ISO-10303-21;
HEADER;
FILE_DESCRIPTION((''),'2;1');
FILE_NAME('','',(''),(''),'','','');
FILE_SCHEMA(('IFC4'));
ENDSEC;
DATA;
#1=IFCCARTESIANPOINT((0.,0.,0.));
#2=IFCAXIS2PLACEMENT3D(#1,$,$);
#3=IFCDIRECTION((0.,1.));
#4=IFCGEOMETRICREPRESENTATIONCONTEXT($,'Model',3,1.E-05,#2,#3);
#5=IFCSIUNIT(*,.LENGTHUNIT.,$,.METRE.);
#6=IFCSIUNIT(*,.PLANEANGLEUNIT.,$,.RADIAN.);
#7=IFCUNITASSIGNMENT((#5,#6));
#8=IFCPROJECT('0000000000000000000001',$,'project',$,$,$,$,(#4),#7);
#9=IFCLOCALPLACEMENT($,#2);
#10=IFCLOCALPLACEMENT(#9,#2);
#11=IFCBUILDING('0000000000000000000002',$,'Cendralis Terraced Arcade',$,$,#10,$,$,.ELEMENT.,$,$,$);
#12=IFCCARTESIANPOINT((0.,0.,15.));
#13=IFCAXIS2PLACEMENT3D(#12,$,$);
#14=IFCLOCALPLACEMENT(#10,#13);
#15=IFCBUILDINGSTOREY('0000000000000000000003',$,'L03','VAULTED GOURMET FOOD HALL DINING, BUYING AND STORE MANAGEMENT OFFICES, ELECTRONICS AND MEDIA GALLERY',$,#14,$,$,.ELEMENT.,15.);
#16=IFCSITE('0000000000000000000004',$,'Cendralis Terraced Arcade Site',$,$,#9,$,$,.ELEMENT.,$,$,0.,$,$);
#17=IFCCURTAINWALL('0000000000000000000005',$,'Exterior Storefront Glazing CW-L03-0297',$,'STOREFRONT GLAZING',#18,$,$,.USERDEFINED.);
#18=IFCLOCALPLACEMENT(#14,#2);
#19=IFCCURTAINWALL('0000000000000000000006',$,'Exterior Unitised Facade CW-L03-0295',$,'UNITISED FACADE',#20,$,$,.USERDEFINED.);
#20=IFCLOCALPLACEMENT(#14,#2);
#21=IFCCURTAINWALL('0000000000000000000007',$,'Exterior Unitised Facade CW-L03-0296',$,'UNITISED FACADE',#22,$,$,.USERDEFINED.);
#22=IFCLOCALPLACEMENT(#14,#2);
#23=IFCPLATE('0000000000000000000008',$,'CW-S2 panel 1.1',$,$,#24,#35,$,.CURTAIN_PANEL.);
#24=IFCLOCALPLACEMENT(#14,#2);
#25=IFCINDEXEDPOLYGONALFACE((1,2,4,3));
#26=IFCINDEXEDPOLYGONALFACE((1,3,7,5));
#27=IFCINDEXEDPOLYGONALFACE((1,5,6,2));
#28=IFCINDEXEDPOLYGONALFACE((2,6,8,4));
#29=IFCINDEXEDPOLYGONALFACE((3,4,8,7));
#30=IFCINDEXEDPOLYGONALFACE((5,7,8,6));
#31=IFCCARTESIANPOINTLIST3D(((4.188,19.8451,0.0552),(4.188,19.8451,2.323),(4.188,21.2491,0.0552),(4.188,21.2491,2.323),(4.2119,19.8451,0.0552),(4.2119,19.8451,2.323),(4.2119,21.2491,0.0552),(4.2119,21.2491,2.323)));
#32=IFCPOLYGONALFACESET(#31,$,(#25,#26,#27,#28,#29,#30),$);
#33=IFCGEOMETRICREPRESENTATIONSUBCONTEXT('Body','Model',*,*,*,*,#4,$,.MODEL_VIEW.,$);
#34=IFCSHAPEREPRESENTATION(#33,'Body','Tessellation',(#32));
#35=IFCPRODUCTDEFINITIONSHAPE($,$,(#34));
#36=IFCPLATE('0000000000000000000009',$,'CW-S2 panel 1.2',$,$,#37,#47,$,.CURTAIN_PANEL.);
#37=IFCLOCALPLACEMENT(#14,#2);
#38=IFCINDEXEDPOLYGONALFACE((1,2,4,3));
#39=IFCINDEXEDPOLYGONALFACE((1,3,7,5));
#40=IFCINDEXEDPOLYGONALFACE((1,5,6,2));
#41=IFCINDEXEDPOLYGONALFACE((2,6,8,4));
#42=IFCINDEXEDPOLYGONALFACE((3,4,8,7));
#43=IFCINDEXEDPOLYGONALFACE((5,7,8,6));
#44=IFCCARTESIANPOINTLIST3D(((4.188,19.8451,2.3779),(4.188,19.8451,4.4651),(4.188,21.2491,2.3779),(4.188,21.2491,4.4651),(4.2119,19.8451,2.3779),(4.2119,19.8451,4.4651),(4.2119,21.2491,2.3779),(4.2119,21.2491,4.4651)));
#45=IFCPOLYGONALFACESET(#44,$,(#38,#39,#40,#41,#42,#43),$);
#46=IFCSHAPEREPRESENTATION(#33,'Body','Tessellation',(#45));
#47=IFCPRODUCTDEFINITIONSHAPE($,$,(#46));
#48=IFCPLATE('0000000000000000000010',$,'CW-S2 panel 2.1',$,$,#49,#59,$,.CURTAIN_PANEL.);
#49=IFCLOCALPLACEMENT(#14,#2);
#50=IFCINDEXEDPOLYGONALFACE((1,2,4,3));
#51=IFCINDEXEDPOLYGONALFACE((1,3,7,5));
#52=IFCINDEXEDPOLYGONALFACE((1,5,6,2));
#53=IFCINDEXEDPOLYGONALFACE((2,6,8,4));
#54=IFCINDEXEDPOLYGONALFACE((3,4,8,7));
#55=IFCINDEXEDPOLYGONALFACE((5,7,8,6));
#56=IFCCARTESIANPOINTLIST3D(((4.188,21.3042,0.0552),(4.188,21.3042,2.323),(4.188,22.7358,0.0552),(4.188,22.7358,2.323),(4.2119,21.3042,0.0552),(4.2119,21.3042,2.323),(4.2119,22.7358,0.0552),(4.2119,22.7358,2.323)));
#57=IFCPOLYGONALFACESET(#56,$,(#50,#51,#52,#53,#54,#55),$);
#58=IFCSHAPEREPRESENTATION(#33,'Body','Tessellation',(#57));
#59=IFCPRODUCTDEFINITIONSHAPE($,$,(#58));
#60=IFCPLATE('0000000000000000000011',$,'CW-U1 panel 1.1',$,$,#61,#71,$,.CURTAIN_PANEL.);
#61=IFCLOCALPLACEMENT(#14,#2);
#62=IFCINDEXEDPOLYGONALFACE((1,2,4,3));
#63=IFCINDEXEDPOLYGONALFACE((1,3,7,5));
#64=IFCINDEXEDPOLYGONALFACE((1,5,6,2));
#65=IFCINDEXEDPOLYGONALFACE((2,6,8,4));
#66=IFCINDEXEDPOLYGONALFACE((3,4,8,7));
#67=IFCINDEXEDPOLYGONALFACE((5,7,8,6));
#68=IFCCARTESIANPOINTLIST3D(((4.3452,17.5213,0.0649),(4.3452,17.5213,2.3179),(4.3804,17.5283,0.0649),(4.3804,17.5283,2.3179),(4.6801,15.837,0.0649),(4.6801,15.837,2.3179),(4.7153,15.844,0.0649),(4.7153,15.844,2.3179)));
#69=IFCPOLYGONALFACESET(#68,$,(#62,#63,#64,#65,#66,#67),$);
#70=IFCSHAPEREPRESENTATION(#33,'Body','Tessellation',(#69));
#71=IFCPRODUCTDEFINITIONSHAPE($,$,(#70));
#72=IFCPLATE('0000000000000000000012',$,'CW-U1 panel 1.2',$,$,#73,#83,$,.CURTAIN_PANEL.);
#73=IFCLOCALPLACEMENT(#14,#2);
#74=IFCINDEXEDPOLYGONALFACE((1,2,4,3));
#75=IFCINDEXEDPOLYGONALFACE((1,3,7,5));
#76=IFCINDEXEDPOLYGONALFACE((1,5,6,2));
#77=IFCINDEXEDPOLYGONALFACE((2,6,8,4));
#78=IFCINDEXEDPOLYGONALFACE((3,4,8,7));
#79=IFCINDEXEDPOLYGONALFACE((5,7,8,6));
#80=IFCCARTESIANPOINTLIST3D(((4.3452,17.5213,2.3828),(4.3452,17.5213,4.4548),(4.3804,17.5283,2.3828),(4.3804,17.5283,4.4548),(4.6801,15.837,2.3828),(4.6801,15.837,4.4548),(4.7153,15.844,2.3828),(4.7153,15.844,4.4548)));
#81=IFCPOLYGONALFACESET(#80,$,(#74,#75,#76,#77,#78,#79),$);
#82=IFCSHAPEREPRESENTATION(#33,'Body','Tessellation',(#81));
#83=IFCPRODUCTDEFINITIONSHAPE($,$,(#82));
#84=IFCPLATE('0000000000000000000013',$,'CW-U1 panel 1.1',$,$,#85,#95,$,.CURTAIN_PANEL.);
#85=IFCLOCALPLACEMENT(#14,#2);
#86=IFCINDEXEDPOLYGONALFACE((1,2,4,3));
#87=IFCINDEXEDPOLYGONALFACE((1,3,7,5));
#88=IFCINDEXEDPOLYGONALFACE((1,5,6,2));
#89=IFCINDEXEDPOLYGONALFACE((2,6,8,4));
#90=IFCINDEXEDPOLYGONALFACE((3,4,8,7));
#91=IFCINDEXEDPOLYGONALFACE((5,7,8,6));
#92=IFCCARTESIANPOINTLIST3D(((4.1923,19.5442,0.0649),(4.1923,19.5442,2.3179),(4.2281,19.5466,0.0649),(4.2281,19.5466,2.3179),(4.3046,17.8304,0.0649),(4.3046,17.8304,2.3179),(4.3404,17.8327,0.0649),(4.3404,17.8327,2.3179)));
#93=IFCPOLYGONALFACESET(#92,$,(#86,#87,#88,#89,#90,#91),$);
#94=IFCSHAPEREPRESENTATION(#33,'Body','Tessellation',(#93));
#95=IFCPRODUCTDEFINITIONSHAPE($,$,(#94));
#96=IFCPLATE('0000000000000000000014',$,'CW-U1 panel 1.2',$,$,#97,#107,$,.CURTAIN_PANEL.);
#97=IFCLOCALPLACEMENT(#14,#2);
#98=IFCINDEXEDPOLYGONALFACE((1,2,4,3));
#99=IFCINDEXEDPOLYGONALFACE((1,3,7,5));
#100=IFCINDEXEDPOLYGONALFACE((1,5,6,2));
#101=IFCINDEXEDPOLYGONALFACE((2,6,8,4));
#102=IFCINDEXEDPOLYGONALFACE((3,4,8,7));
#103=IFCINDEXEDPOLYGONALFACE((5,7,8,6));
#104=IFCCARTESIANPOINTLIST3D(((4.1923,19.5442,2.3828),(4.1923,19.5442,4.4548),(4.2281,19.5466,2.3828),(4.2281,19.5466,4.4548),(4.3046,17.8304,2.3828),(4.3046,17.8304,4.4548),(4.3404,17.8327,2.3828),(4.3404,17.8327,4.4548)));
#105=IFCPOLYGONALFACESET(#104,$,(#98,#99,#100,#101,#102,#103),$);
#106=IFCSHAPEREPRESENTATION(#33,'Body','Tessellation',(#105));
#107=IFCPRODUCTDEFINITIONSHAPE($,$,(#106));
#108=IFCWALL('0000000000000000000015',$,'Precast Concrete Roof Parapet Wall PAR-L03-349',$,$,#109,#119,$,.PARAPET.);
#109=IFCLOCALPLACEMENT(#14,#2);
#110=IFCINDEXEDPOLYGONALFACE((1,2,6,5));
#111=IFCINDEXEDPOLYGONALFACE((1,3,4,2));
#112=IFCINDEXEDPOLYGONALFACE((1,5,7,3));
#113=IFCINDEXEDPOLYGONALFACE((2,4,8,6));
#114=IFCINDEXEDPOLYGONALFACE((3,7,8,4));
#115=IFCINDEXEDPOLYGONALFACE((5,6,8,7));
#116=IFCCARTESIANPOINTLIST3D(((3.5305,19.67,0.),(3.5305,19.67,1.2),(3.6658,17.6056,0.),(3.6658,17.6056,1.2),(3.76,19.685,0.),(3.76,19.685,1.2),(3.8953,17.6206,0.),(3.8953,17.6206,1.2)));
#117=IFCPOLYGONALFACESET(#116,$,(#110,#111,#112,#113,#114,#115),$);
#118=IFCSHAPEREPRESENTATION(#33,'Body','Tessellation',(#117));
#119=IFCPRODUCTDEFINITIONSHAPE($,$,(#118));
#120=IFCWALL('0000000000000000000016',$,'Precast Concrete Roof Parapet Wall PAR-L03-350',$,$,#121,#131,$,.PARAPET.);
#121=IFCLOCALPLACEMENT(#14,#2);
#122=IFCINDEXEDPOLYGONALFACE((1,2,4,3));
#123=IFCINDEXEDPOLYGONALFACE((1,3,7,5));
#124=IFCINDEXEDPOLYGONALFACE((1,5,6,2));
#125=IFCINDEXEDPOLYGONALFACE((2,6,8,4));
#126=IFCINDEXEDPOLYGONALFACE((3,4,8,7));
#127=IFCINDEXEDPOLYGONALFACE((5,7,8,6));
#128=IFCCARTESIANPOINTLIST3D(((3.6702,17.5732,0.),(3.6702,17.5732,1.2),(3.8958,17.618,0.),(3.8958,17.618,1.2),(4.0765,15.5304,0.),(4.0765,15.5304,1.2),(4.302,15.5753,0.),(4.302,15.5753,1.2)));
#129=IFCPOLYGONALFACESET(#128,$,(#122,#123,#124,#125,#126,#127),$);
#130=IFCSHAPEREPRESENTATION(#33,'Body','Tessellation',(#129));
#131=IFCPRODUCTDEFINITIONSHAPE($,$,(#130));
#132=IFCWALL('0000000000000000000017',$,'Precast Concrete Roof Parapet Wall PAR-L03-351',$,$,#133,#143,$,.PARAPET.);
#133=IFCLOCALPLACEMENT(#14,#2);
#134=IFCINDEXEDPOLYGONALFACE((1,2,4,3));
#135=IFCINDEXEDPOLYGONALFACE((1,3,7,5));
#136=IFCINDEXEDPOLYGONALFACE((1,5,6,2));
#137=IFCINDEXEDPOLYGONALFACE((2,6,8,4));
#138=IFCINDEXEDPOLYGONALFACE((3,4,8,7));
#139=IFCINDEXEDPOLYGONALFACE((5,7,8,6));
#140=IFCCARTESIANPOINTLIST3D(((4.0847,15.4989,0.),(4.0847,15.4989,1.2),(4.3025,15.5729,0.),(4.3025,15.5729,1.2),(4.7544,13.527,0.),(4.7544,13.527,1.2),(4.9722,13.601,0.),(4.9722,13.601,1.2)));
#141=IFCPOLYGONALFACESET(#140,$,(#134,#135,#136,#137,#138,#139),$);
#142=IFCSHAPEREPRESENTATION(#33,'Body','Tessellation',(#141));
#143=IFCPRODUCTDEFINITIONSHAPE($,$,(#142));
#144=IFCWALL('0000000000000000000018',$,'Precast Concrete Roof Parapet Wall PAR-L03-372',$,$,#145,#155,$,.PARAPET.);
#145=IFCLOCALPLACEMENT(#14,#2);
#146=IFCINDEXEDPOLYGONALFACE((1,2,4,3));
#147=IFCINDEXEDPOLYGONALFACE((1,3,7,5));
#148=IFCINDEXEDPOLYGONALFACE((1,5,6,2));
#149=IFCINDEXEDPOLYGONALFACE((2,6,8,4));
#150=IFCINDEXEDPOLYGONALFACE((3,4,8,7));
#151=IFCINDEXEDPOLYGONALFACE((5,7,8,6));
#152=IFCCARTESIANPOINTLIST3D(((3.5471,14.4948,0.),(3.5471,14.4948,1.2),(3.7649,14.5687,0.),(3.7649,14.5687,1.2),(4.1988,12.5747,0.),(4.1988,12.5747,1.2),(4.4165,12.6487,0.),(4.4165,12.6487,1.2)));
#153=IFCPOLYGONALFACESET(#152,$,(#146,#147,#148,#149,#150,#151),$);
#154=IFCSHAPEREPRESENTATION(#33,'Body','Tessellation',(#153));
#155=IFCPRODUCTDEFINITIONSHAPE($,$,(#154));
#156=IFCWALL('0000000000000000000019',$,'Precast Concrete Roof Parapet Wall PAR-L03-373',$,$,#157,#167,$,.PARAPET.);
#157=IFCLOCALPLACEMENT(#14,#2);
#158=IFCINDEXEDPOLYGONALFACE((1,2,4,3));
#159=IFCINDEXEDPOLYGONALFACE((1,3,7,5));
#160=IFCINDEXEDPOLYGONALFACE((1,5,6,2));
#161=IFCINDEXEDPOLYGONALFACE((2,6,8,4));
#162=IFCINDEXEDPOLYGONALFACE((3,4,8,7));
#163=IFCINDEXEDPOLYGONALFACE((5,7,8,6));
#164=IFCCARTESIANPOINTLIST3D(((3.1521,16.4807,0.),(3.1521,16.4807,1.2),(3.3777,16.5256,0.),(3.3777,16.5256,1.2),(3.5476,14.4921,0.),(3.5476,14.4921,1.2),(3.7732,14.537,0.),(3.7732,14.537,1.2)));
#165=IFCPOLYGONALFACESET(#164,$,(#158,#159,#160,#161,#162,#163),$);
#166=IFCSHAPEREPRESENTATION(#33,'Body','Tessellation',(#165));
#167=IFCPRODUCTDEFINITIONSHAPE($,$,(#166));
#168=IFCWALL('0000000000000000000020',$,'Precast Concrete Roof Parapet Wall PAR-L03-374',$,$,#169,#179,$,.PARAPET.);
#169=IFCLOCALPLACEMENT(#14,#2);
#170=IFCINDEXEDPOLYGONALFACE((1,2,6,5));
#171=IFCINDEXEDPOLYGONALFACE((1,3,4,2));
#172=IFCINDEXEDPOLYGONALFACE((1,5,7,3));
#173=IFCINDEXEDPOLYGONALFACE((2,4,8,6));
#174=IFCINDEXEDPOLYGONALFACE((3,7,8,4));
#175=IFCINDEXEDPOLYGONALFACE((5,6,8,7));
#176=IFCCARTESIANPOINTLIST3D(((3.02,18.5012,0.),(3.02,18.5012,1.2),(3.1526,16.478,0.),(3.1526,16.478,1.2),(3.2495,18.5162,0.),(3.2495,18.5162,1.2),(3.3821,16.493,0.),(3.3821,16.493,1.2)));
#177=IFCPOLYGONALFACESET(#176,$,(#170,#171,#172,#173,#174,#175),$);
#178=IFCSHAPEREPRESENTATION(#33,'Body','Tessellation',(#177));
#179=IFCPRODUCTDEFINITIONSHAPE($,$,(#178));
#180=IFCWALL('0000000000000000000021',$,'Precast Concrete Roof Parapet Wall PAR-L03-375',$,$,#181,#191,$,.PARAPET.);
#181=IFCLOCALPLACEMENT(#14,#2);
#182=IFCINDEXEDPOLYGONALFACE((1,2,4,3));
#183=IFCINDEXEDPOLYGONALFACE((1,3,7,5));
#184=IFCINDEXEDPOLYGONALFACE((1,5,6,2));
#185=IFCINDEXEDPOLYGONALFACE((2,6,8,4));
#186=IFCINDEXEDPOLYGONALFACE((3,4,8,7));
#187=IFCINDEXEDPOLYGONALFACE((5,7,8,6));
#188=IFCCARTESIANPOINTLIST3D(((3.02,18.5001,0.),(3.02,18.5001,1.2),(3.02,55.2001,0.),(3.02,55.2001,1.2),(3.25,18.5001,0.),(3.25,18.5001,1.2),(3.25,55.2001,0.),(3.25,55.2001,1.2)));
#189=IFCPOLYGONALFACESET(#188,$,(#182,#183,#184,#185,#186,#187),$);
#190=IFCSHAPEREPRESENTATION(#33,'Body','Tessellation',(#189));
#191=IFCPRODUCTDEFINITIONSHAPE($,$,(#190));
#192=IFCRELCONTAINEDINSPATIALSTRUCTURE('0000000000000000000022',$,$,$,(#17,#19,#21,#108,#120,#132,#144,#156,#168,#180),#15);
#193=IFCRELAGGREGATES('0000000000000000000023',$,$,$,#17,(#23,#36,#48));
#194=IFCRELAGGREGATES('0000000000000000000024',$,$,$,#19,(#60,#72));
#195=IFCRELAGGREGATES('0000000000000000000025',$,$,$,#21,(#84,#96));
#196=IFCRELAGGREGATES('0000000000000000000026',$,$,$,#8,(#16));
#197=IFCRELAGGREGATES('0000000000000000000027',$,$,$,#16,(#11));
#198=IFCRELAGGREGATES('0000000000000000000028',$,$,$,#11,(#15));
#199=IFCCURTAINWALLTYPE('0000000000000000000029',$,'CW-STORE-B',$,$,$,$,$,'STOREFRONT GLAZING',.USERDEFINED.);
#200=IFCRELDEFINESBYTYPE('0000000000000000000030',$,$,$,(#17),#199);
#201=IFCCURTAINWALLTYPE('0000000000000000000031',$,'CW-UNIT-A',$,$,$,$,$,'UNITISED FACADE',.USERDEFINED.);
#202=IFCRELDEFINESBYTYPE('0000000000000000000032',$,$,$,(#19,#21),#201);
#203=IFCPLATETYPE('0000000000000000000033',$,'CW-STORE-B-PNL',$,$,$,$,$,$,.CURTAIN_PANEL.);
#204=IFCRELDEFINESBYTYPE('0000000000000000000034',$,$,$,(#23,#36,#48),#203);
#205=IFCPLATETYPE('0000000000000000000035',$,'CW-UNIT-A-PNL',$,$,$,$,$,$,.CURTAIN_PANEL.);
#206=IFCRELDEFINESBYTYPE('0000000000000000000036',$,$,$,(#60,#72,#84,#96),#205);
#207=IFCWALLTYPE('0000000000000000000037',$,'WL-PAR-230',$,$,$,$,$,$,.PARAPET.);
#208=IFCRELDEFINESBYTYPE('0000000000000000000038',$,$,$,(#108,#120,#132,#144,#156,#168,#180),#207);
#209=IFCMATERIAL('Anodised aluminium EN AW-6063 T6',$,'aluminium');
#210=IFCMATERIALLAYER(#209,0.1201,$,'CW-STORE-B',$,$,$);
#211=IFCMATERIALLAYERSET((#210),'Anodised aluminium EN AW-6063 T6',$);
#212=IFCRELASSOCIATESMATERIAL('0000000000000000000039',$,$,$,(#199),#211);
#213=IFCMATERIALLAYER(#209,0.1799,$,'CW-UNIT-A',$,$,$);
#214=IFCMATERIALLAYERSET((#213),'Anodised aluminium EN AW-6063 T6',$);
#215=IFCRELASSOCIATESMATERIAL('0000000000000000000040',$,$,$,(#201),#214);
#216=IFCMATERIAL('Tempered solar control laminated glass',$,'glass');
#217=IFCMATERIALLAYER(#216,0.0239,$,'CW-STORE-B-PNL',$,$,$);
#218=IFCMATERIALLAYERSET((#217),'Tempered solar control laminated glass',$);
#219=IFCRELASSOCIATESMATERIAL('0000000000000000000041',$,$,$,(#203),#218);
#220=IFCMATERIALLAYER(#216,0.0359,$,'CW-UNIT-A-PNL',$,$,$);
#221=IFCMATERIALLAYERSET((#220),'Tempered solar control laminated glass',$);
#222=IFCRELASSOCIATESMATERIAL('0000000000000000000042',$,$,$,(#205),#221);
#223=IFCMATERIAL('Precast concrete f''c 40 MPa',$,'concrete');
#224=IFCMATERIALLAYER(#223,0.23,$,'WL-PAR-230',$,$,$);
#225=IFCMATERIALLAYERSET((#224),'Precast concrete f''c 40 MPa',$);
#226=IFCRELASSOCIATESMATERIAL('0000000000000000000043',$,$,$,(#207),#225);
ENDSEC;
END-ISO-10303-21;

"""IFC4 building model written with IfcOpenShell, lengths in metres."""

from ifc_helpers import new_model, si_unit, direction, frame, frame_2d, origin, origin_2d, place, context, subcontext, project, spatial, rectangle, extrude, material, layer, layer_set, type_object, element, aggregate, save


model = new_model("IFC4")

# Units and contexts
model_context = context("Model", 3, precision=1e-05, world=origin(), true_north=direction((0.0, 1.0)))
body_context = subcontext(model_context, "Body", "Model", "MODEL_VIEW")
ifc_project = project(units=[si_unit("LENGTHUNIT", "METRE"), si_unit("PLANEANGLEUNIT", "RADIAN")], contexts=[model_context])

# Site, building, storey
site_placement = place(None, origin())
site = spatial("IfcSite", under=ifc_project, at=site_placement, Name="Cendralis Terraced Arcade Site", CompositionType="ELEMENT", RefElevation=0.0)
building_placement = place(site_placement, origin())
building = spatial("IfcBuilding", under=site, at=building_placement, Name="Cendralis Terraced Arcade", CompositionType="ELEMENT")
storey_placement = place(building_placement, frame((0.0, 0.0, 15.0)))
storey = spatial("IfcBuildingStorey", under=building, at=storey_placement, Name="L03", Description="VAULTED GOURMET FOOD HALL DINING, BUYING AND STORE MANAGEMENT OFFICES, ELECTRONICS AND MEDIA GALLERY", CompositionType="ELEMENT", Elevation=15.0)

# Curtain wall
ifc_material_1 = material(Name="Anodised aluminium EN AW-6063 T6", Category="aluminium")
ifc_layer_1 = layer(ifc_material_1, 0.1201, Name="CW-STORE-B")
ifc_layer_set_1 = layer_set([ifc_layer_1], Name="Anodised aluminium EN AW-6063 T6")
curtain_wall_type_1 = type_object("IfcCurtainWallType", Name="CW-STORE-B", ElementType="STOREFRONT GLAZING", PredefinedType="USERDEFINED", material=ifc_layer_set_1)
curtain_wall_1_placement = place(storey_placement, origin())
curtain_wall_1 = element("IfcCurtainWall", 1, at=curtain_wall_1_placement, inside=storey, type_object=curtain_wall_type_1, Name="Exterior Storefront Glazing CW-L03-0297", ObjectType="STOREFRONT GLAZING", PredefinedType="USERDEFINED")

# Curtain wall
ifc_layer_2 = layer(ifc_material_1, 0.1799, Name="CW-UNIT-A")
ifc_layer_set_2 = layer_set([ifc_layer_2], Name="Anodised aluminium EN AW-6063 T6")
curtain_wall_type_2 = type_object("IfcCurtainWallType", Name="CW-UNIT-A", ElementType="UNITISED FACADE", PredefinedType="USERDEFINED", material=ifc_layer_set_2)
curtain_wall_2_placement = place(storey_placement, origin())
curtain_wall_2 = element("IfcCurtainWall", 2, at=curtain_wall_2_placement, inside=storey, type_object=curtain_wall_type_2, Name="Exterior Unitised Facade CW-L03-0295", ObjectType="UNITISED FACADE", PredefinedType="USERDEFINED")

# Curtain wall
curtain_wall_3_placement = place(storey_placement, origin())
curtain_wall_3 = element("IfcCurtainWall", 3, at=curtain_wall_3_placement, inside=storey, type_object=curtain_wall_type_2, Name="Exterior Unitised Facade CW-L03-0296", ObjectType="UNITISED FACADE", PredefinedType="USERDEFINED")

# Plates
ifc_material_2 = material(Name="Tempered solar control laminated glass", Category="glass")
ifc_layer_3 = layer(ifc_material_2, 0.0239, Name="CW-STORE-B-PNL")
ifc_layer_set_3 = layer_set([ifc_layer_3], Name="Tempered solar control laminated glass")
plate_type_1 = type_object("IfcPlateType", Name="CW-STORE-B-PNL", PredefinedType="CURTAIN_PANEL", material=ifc_layer_set_3)
plate_1_placement = place(storey_placement, frame((4.2, 20.5471, 0.0552), z_axis=(0.0, 0.0, 1.0), x_axis=(0.0, 1.0, 0.0)))
plate_1 = element("IfcPlate", 4, at=plate_1_placement, type_object=plate_type_1, Name="CW-S2 panel 1.1", PredefinedType="CURTAIN_PANEL", context=body_context, shape_type="SweptSolid", body=[
    extrude(rectangle(XDim=1.4041, YDim=0.0239, at=origin_2d()), origin(), (0.0, 0.0, 1.0), 2.2678),
])
plate_2_placement = place(storey_placement, frame((4.2, 20.5471, 2.3779), z_axis=(0.0, 0.0, 1.0), x_axis=(0.0, 1.0, 0.0)))
plate_2 = element("IfcPlate", 5, at=plate_2_placement, type_object=plate_type_1, Name="CW-S2 panel 1.2", PredefinedType="CURTAIN_PANEL", context=body_context, shape_type="SweptSolid", body=[
    extrude(rectangle(XDim=1.4041, YDim=0.0239, at=origin_2d()), origin(), (0.0, 0.0, 1.0), 2.0872),
])
plate_3_placement = place(storey_placement, frame((4.2, 22.02, 0.0552), z_axis=(0.0, 0.0, 1.0), x_axis=(0.0, 1.0, 0.0)))
plate_3 = element("IfcPlate", 6, at=plate_3_placement, type_object=plate_type_1, Name="CW-S2 panel 2.1", PredefinedType="CURTAIN_PANEL", context=body_context, shape_type="SweptSolid", body=[
    extrude(rectangle(XDim=1.4316, YDim=0.0239, at=origin_2d()), origin(), (0.0, 0.0, 1.0), 2.2678),
])
aggregate(curtain_wall_1, [plate_1, plate_2, plate_3])
ifc_layer_4 = layer(ifc_material_2, 0.0359, Name="CW-UNIT-A-PNL")
ifc_layer_set_4 = layer_set([ifc_layer_4], Name="Tempered solar control laminated glass")
plate_type_2 = type_object("IfcPlateType", Name="CW-UNIT-A-PNL", PredefinedType="CURTAIN_PANEL", material=ifc_layer_set_4)
plate_4_placement = place(storey_placement, frame((4.5303, 16.6826, 0.0649), z_axis=(0.0, 0.0, 1.0), x_axis=(-0.195033, 0.980797, 0.0)))
plate_4 = element("IfcPlate", 7, at=plate_4_placement, type_object=plate_type_2, Name="CW-U1 panel 1.1", PredefinedType="CURTAIN_PANEL", context=body_context, shape_type="SweptSolid", body=[
    extrude(rectangle(XDim=1.7173, YDim=0.0359, at=origin_2d()), origin(), (0.0, 0.0, 1.0), 2.2529),
])
plate_5_placement = place(storey_placement, frame((4.5303, 16.6826, 2.3828), z_axis=(0.0, 0.0, 1.0), x_axis=(-0.195033, 0.980797, 0.0)))
plate_5 = element("IfcPlate", 8, at=plate_5_placement, type_object=plate_type_2, Name="CW-U1 panel 1.2", PredefinedType="CURTAIN_PANEL", context=body_context, shape_type="SweptSolid", body=[
    extrude(rectangle(XDim=1.7173, YDim=0.0359, at=origin_2d()), origin(), (0.0, 0.0, 1.0), 2.072),
])
aggregate(curtain_wall_2, [plate_4, plate_5])
plate_6_placement = place(storey_placement, frame((4.2664, 18.6885, 0.0649), z_axis=(0.0, 0.0, 1.0), x_axis=(-0.065384, 0.99786, 0.0)))
plate_6 = element("IfcPlate", 9, at=plate_6_placement, type_object=plate_type_2, Name="CW-U1 panel 1.1", PredefinedType="CURTAIN_PANEL", context=body_context, shape_type="SweptSolid", body=[
    extrude(rectangle(XDim=1.7175, YDim=0.0359, at=origin_2d()), origin(), (0.0, 0.0, 1.0), 2.2529),
])
plate_7_placement = place(storey_placement, frame((4.2664, 18.6885, 2.3828), z_axis=(0.0, 0.0, 1.0), x_axis=(-0.065384, 0.99786, 0.0)))
plate_7 = element("IfcPlate", 10, at=plate_7_placement, type_object=plate_type_2, Name="CW-U1 panel 1.2", PredefinedType="CURTAIN_PANEL", context=body_context, shape_type="SweptSolid", body=[
    extrude(rectangle(XDim=1.7175, YDim=0.0359, at=origin_2d()), origin(), (0.0, 0.0, 1.0), 2.072),
])
aggregate(curtain_wall_3, [plate_6, plate_7])

# Walls
ifc_material_3 = material(Name="Precast concrete f'c 40 MPa", Category="concrete")
ifc_layer_5 = layer(ifc_material_3, 0.23, Name="WL-PAR-230")
ifc_layer_set_5 = layer_set([ifc_layer_5], Name="Precast concrete f'c 40 MPa")
wall_type = type_object("IfcWallType", Name="WL-PAR-230", PredefinedType="PARAPET", material=ifc_layer_set_5)
wall_1_placement = place(storey_placement, frame((3.6453, 19.6775, 0.0), z_axis=(0.0, 0.0, 1.0), x_axis=(0.065375, -0.997861, 0.0)))
element("IfcWall", 11, at=wall_1_placement, inside=storey, type_object=wall_type, Name="Precast Concrete Roof Parapet Wall PAR-L03-349", PredefinedType="PARAPET", context=body_context, shape_type="SweptSolid", body=[
    extrude(rectangle(XDim=2.0688, YDim=0.23, at=frame_2d((1.0344, 0.0))), origin(), (0.0, 0.0, 1.0), 1.2),
])
wall_2_placement = place(storey_placement, frame((3.783, 17.5957, 0.0), z_axis=(0.0, 0.0, 1.0), x_axis=(0.195057, -0.980792, 0.0)))
element("IfcWall", 12, at=wall_2_placement, inside=storey, type_object=wall_type, Name="Precast Concrete Roof Parapet Wall PAR-L03-350", PredefinedType="PARAPET", context=body_context, shape_type="SweptSolid", body=[
    extrude(rectangle(XDim=2.0828, YDim=0.23, at=frame_2d((1.0415, 0.0))), origin(), (0.0, 0.0, 1.0), 1.2),
])
wall_3_placement = place(storey_placement, frame((4.1936, 15.5359, 0.0), z_axis=(0.0, 0.0, 1.0), x_axis=(0.321569, -0.946886, 0.0)))
element("IfcWall", 13, at=wall_3_placement, inside=storey, type_object=wall_type, Name="Precast Concrete Roof Parapet Wall PAR-L03-351", PredefinedType="PARAPET", context=body_context, shape_type="SweptSolid", body=[
    extrude(rectangle(XDim=2.0825, YDim=0.23, at=frame_2d((1.0413, 0.0))), origin(), (0.0, 0.0, 1.0), 1.2),
])
for number, where, z_axis, x_axis, name in (
    (14, (4.3076, 12.6118, 0.0), (0.0, 0.0, 1.0), (-0.321389, 0.946947, 0.0), "Precast Concrete Roof Parapet Wall PAR-L03-372"),
    (15, (3.6604, 14.5146, 0.0), (0.0, 0.0, 1.0), (-0.195074, 0.980789, 0.0), "Precast Concrete Roof Parapet Wall PAR-L03-373"),
    (16, (3.2673, 16.4856, 0.0), (0.0, 0.0, 1.0), (-0.065384, 0.99786, 0.0), "Precast Concrete Roof Parapet Wall PAR-L03-374"),
):
    element("IfcWall", number, at=place(storey_placement, frame(where, z_axis=z_axis, x_axis=x_axis)), inside=storey, type_object=wall_type, Name=name, PredefinedType="PARAPET", context=body_context, shape_type="SweptSolid", body=[
        extrude(rectangle(XDim=2.0276, YDim=0.23, at=frame_2d((1.0137, 0.0))), origin(), (0.0, 0.0, 1.0), 1.2),
    ])
wall_4_placement = place(storey_placement, frame((3.135, 18.5, 0.0), z_axis=(0.0, 0.0, 1.0), x_axis=(0.0, 1.0, 0.0)))
element("IfcWall", 17, at=wall_4_placement, inside=storey, type_object=wall_type, Name="Precast Concrete Roof Parapet Wall PAR-L03-375", PredefinedType="PARAPET", context=body_context, shape_type="SweptSolid", body=[
    extrude(rectangle(XDim=36.7, YDim=0.23, at=frame_2d((18.3501, 0.0))), origin(), (0.0, 0.0, 1.0), 1.2),
])

save(model, "model.ifc")
